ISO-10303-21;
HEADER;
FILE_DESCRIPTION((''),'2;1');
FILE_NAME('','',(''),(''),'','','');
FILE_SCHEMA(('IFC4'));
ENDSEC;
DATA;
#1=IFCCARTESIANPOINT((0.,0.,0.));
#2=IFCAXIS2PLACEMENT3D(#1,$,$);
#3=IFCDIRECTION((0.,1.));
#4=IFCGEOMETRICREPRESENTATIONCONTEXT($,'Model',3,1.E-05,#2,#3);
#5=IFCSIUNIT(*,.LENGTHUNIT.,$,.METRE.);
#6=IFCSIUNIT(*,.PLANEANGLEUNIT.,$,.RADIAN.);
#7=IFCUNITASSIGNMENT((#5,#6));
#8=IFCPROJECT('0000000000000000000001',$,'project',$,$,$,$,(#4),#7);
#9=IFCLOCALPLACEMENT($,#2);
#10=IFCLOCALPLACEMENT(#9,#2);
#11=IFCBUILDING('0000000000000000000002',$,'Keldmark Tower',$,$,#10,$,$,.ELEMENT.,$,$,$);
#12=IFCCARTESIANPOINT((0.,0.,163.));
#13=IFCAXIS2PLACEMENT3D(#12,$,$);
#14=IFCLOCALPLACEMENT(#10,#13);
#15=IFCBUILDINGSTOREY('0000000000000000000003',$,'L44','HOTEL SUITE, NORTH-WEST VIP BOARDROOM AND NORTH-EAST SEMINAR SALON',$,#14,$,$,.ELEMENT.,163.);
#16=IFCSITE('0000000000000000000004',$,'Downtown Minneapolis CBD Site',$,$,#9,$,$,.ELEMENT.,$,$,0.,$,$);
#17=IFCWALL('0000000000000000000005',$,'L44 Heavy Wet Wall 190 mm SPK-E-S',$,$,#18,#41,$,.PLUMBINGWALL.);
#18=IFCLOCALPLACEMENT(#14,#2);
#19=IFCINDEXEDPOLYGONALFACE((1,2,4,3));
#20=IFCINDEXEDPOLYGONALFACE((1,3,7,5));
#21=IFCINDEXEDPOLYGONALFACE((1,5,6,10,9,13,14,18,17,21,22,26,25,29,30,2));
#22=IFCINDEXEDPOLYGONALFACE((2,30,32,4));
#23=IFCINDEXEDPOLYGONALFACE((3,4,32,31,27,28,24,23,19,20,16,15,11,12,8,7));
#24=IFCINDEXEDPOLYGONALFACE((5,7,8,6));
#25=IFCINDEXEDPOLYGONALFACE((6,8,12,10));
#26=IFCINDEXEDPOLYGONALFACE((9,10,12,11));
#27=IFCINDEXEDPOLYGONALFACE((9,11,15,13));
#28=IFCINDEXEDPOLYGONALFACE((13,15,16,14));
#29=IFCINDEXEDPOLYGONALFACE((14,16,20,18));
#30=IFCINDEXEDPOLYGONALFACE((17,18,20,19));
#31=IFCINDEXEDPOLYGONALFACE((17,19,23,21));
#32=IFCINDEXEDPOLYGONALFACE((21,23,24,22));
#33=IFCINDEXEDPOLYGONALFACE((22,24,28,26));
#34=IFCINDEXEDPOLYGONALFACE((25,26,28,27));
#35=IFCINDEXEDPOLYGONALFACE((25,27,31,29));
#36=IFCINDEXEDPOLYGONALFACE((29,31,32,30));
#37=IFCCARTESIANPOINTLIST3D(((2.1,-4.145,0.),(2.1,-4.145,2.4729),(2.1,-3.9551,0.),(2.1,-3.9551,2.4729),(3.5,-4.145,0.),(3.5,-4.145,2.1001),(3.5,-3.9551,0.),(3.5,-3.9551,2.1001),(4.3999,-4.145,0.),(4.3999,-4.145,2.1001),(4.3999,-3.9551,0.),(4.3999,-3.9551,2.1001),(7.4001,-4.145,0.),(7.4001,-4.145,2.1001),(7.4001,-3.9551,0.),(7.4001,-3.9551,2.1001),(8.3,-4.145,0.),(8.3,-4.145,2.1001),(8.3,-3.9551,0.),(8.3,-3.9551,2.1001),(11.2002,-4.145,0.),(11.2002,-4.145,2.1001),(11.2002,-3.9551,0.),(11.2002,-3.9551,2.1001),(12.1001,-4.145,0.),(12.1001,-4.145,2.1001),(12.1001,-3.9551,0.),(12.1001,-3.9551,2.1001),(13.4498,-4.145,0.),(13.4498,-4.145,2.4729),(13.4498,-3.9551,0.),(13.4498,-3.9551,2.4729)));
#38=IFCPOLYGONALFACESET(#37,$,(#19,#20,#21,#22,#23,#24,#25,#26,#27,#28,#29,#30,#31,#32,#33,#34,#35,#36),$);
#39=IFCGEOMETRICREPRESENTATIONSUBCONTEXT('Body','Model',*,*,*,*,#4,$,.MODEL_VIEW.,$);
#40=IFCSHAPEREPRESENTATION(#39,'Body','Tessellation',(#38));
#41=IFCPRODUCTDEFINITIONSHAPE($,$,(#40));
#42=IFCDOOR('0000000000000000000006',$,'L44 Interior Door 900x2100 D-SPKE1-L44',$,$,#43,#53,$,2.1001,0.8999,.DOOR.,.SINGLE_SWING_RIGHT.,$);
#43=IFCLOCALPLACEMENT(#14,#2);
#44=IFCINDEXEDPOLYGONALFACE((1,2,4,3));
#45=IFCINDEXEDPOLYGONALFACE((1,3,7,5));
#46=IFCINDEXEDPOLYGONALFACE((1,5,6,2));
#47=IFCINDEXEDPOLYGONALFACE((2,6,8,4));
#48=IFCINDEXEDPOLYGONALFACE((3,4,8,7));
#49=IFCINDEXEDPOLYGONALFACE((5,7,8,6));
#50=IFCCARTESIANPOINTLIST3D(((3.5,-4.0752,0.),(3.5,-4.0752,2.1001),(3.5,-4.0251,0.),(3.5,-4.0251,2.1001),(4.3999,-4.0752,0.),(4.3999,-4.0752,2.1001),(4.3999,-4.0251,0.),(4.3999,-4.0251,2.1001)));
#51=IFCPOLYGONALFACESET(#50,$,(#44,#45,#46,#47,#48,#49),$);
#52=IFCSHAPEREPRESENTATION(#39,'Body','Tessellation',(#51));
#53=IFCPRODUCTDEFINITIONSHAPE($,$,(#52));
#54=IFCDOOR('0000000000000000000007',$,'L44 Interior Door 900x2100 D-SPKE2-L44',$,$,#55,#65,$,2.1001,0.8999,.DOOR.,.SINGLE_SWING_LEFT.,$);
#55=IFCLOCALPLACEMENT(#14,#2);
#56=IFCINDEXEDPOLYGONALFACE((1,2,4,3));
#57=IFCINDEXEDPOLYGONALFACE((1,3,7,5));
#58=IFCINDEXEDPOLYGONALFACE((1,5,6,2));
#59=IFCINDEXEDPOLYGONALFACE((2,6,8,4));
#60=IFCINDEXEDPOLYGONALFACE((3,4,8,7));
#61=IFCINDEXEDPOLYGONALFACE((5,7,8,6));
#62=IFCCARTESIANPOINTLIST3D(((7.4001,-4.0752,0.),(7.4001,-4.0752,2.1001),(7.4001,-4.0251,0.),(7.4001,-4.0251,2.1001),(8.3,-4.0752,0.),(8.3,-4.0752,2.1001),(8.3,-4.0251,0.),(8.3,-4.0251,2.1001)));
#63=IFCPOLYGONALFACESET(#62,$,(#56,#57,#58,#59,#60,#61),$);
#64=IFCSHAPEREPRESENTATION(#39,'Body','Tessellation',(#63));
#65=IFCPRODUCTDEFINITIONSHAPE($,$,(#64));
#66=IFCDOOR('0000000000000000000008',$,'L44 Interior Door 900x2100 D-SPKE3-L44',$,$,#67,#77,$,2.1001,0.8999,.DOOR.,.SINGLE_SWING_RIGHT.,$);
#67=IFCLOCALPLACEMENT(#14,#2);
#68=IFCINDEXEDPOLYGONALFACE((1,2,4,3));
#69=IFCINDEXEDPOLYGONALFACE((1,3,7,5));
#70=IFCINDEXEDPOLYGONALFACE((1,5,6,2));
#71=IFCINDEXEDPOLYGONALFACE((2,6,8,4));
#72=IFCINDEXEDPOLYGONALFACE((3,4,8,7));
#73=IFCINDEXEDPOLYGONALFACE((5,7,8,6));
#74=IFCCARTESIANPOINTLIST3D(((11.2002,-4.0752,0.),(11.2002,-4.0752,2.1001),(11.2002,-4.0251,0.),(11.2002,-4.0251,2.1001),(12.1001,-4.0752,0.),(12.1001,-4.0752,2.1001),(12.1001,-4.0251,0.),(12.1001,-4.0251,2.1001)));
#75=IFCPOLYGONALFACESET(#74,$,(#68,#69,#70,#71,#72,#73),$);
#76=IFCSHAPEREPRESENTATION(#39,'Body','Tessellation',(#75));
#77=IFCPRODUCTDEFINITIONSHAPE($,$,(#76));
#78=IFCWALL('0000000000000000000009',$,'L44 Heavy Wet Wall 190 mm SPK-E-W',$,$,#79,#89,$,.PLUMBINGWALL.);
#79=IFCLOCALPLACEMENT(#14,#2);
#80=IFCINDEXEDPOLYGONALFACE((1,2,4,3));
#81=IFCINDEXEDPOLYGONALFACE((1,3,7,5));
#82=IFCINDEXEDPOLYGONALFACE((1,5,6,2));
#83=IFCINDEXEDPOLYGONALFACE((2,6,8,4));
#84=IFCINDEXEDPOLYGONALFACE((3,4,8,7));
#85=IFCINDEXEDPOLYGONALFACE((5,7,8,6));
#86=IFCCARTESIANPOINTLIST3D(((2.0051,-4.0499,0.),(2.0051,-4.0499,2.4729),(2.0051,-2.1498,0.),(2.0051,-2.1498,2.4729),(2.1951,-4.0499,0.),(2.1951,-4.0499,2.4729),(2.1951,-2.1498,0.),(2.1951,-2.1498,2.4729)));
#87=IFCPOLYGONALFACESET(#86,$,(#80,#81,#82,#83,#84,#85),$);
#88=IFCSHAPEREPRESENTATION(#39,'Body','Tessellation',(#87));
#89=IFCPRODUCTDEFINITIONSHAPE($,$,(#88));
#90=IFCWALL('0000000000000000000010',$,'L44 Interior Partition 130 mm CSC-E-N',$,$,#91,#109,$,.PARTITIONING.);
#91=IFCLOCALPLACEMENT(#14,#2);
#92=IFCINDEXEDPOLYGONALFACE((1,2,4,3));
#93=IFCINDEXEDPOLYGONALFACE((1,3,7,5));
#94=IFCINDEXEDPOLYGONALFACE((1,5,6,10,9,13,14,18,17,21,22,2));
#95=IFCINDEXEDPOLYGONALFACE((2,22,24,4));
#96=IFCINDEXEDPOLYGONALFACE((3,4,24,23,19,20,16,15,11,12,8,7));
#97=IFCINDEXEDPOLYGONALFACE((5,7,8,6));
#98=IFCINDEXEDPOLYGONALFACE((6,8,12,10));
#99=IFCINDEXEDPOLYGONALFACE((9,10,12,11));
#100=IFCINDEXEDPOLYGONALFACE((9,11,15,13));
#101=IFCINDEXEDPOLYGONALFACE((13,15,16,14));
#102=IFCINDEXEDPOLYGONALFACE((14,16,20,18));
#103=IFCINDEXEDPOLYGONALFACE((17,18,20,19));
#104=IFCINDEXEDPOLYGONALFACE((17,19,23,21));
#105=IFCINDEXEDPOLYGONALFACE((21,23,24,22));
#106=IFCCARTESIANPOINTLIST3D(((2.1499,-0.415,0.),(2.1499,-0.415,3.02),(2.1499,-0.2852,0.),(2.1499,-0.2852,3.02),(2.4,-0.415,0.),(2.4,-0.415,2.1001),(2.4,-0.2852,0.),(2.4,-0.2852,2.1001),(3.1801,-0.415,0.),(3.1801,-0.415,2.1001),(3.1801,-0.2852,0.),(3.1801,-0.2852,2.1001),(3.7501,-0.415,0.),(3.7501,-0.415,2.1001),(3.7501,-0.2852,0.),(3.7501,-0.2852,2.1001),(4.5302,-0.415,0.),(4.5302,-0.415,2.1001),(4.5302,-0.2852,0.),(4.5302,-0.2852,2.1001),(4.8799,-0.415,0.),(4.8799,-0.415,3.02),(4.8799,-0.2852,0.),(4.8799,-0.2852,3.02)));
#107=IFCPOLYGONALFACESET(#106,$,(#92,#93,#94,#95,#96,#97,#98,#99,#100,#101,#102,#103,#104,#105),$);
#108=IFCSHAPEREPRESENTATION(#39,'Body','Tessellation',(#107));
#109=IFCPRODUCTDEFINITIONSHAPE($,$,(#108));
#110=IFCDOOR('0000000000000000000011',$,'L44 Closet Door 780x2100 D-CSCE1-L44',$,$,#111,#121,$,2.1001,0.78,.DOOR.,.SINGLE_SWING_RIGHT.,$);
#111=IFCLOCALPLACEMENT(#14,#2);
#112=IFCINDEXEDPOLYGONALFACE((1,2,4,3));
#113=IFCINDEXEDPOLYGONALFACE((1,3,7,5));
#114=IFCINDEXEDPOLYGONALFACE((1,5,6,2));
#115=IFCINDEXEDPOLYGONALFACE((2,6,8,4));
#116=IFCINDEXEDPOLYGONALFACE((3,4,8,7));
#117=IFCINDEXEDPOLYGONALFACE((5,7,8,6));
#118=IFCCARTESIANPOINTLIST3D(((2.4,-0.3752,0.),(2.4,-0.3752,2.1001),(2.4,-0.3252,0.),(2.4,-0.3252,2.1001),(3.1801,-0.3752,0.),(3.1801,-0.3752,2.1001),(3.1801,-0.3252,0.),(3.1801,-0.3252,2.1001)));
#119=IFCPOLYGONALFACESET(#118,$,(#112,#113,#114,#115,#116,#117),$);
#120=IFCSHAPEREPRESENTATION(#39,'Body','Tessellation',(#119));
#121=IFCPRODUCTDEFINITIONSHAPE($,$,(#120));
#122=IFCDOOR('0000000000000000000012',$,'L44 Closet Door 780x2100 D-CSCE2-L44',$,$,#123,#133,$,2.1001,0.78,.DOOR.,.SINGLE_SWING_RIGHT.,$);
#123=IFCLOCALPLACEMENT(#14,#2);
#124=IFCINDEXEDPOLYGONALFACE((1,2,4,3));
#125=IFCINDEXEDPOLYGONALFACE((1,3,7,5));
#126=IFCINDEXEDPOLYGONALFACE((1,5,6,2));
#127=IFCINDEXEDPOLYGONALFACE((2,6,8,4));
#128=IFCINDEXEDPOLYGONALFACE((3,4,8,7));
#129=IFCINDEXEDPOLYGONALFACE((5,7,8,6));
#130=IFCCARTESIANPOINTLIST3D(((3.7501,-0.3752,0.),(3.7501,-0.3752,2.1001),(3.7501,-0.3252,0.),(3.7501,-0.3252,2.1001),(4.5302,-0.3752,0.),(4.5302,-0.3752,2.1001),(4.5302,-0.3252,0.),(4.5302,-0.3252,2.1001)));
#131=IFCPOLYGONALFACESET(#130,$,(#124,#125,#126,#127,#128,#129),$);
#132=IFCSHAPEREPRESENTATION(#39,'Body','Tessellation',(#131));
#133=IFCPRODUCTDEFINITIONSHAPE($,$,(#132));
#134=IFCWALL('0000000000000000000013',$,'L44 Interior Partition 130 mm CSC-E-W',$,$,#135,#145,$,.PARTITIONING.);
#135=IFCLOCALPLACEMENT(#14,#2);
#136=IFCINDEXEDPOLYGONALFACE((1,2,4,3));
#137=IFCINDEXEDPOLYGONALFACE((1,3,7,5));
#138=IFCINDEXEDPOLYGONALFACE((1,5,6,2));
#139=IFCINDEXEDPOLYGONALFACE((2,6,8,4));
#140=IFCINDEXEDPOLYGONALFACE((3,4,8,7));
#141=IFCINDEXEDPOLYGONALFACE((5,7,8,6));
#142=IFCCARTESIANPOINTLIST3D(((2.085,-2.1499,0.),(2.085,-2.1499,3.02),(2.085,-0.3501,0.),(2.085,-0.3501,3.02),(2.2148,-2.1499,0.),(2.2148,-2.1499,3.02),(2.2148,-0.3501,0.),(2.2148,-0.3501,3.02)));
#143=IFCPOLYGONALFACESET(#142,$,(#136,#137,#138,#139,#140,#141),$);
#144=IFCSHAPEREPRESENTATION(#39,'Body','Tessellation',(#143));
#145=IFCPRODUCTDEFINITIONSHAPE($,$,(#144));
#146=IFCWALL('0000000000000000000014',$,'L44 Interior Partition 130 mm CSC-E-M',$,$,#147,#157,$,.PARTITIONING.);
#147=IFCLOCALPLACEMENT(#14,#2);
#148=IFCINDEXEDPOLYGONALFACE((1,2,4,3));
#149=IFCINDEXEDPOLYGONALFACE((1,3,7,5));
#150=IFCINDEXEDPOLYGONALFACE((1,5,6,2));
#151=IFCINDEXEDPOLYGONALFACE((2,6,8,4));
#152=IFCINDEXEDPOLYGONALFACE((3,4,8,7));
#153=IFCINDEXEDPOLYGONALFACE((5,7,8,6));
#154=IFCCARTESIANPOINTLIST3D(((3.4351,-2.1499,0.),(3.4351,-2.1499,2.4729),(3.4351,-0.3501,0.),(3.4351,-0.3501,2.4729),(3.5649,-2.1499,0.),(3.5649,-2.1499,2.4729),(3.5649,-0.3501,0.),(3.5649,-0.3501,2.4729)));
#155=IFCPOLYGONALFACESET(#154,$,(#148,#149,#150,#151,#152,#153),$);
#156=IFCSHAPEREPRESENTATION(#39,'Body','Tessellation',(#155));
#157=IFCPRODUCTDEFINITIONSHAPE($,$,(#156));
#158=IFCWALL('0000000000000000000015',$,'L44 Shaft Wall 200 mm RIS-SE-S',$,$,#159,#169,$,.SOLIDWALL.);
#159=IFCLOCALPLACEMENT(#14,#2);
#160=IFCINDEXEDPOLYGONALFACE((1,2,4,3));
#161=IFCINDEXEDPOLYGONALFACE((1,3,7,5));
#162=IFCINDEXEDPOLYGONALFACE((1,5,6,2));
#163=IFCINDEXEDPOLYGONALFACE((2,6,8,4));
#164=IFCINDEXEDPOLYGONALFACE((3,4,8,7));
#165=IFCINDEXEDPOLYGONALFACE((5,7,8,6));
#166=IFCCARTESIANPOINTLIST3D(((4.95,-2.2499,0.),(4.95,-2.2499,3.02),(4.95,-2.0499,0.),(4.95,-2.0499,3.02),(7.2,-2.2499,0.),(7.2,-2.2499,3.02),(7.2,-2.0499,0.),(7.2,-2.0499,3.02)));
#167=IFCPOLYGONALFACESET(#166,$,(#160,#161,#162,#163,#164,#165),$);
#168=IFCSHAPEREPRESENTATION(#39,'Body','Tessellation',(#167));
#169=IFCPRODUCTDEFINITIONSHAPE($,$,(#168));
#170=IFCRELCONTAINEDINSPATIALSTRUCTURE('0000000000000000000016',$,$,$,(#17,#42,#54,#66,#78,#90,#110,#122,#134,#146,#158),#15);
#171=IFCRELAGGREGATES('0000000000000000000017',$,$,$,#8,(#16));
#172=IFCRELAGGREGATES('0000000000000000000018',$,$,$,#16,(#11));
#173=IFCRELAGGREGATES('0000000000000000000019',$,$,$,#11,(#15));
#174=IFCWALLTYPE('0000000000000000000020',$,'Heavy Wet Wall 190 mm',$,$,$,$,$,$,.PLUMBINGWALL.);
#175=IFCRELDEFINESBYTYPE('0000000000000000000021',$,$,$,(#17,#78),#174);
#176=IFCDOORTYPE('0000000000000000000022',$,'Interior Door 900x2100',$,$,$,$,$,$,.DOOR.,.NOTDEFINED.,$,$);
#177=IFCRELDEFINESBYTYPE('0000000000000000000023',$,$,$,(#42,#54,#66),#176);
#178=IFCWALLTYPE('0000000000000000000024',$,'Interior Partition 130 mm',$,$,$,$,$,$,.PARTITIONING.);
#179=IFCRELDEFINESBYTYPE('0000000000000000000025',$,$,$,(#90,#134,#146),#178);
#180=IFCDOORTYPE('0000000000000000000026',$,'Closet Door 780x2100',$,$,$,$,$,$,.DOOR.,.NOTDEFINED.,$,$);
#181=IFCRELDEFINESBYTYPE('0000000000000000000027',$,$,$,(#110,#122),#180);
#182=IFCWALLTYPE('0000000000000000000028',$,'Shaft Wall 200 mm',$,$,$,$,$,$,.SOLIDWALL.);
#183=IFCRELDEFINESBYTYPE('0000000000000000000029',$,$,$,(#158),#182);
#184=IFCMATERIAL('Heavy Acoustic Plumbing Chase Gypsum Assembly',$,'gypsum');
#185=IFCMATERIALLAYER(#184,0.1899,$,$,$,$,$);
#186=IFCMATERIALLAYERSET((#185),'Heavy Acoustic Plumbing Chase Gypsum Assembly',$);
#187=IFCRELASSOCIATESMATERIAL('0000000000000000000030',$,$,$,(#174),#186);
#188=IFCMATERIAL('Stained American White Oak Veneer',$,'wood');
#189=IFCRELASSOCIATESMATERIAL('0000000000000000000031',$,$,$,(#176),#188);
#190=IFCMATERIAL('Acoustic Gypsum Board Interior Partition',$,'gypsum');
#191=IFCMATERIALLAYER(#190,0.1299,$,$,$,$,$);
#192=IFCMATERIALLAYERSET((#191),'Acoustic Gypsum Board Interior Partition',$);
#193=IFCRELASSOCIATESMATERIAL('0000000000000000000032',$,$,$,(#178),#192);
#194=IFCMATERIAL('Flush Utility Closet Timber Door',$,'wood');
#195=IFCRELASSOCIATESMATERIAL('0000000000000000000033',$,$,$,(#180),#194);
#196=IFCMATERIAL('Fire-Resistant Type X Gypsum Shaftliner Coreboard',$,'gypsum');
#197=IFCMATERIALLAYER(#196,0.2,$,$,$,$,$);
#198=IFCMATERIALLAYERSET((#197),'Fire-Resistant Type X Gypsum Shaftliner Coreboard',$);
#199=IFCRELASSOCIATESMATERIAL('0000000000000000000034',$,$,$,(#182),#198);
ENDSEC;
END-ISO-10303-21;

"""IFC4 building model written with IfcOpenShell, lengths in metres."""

from ifc_helpers import new_model, si_unit, direction, frame, frame_2d, origin, place, context, subcontext, project, spatial, rectangle, extrude, material, layer, layer_set, type_object, element, fill, save


model = new_model("IFC4")

# Units and contexts
model_context = context("Model", 3, precision=1e-05, world=origin(), true_north=direction((0.0, 1.0)))
body_context = subcontext(model_context, "Body", "Model", "MODEL_VIEW")
ifc_project = project(units=[si_unit("LENGTHUNIT", "METRE"), si_unit("PLANEANGLEUNIT", "RADIAN")], contexts=[model_context])

# Site, building, storey
site_placement = place(None, origin())
site = spatial("IfcSite", under=ifc_project, at=site_placement, Name="Downtown Minneapolis CBD Site", CompositionType="ELEMENT", RefElevation=0.0)
building_placement = place(site_placement, origin())
building = spatial("IfcBuilding", under=site, at=building_placement, Name="Keldmark Tower", CompositionType="ELEMENT")
storey_placement = place(building_placement, frame((0.0, 0.0, 163.0)))
storey = spatial("IfcBuildingStorey", under=building, at=storey_placement, Name="L44", Description="HOTEL SUITE, NORTH-WEST VIP BOARDROOM AND NORTH-EAST SEMINAR SALON", CompositionType="ELEMENT", Elevation=163.0)

# Wall, openings, doors
ifc_material_1 = material(Name="Heavy Acoustic Plumbing Chase Gypsum Assembly", Category="gypsum")
ifc_layer_1 = layer(ifc_material_1, 0.1899)
ifc_layer_set_1 = layer_set([ifc_layer_1], Name="Heavy Acoustic Plumbing Chase Gypsum Assembly")
wall_type_1 = type_object("IfcWallType", Name="Heavy Wet Wall 190 mm", PredefinedType="PLUMBINGWALL", material=ifc_layer_set_1)
wall_1_placement = place(storey_placement, frame((2.1001, -4.05, 0.0), z_axis=(0.0, 0.0, 1.0), x_axis=(1.0, 0.0, 0.0)))
wall_1 = element("IfcWall", 1, at=wall_1_placement, inside=storey, type_object=wall_type_1, Name="L44 Heavy Wet Wall 190 mm SPK-E-S", PredefinedType="PLUMBINGWALL", context=body_context, shape_type="SweptSolid", body=[
    extrude(rectangle(XDim=11.3499, YDim=0.1899, at=frame_2d((5.6748, 0.0))), origin(), (0.0, 0.0, 1.0), 2.4729),
])
opening_1_placement = place(wall_1_placement, frame((1.3999, 0.0, 0.0)))
opening_1 = element("IfcOpeningElement", 2, at=opening_1_placement, cuts=wall_1, PredefinedType="OPENING", context=body_context, shape_type="SweptSolid", body=[
    extrude(rectangle(XDim=0.8999, YDim=2.1001, at=frame_2d((0.45, 1.05))), frame((0.0, 0.105, 0.0), z_axis=(0.0, -1.0, 0.0), x_axis=(1.0, 0.0, 0.0)), (0.0, 0.0, 1.0), 0.21),
])
opening_2_placement = place(wall_1_placement, frame((5.3, 0.0, 0.0)))
opening_2 = element("IfcOpeningElement", 3, at=opening_2_placement, cuts=wall_1, PredefinedType="OPENING", context=body_context, shape_type="SweptSolid", body=[
    extrude(rectangle(XDim=0.8999, YDim=2.1001, at=frame_2d((0.45, 1.05))), frame((0.0, 0.105, 0.0), z_axis=(0.0, -1.0, 0.0), x_axis=(1.0, 0.0, 0.0)), (0.0, 0.0, 1.0), 0.21),
])
opening_3_placement = place(wall_1_placement, frame((9.1001, 0.0, 0.0)))
opening_3 = element("IfcOpeningElement", 4, at=opening_3_placement, cuts=wall_1, PredefinedType="OPENING", context=body_context, shape_type="SweptSolid", body=[
    extrude(rectangle(XDim=0.8999, YDim=2.1001, at=frame_2d((0.45, 1.05))), frame((0.0, 0.105, 0.0), z_axis=(0.0, -1.0, 0.0), x_axis=(1.0, 0.0, 0.0)), (0.0, 0.0, 1.0), 0.21),
])
ifc_material_2 = material(Name="Stained American White Oak Veneer", Category="wood")
door_type_1 = type_object("IfcDoorType", Name="Interior Door 900x2100", OperationType="NOTDEFINED", PredefinedType="DOOR", material=ifc_material_2)
door_1_placement = place(opening_1_placement, origin())
door_1 = element("IfcDoor", 5, at=door_1_placement, inside=storey, type_object=door_type_1, Name="L44 Interior Door 900x2100 D-SPKE1-L44", OperationType="SINGLE_SWING_RIGHT", OverallHeight=2.1001, OverallWidth=0.8999, PredefinedType="DOOR", context=body_context, shape_type="SweptSolid", body=[
    extrude(rectangle(XDim=0.8999, YDim=2.1001, at=frame_2d((0.45, 1.05))), frame((0.0, 0.0249, 0.0), z_axis=(0.0, -1.0, 0.0), x_axis=(1.0, 0.0, 0.0)), (0.0, 0.0, 1.0), 0.05),
])
fill(opening_1, door_1)
door_2_placement = place(opening_2_placement, origin())
door_2 = element("IfcDoor", 6, at=door_2_placement, inside=storey, type_object=door_type_1, Name="L44 Interior Door 900x2100 D-SPKE2-L44", OperationType="SINGLE_SWING_LEFT", OverallHeight=2.1001, OverallWidth=0.8999, PredefinedType="DOOR", context=body_context, shape_type="SweptSolid", body=[
    extrude(rectangle(XDim=0.8999, YDim=2.1001, at=frame_2d((0.45, 1.05))), frame((0.0, 0.0249, 0.0), z_axis=(0.0, -1.0, 0.0), x_axis=(1.0, 0.0, 0.0)), (0.0, 0.0, 1.0), 0.05),
])
fill(opening_2, door_2)
door_3_placement = place(opening_3_placement, origin())
door_3 = element("IfcDoor", 7, at=door_3_placement, inside=storey, type_object=door_type_1, Name="L44 Interior Door 900x2100 D-SPKE3-L44", OperationType="SINGLE_SWING_RIGHT", OverallHeight=2.1001, OverallWidth=0.8999, PredefinedType="DOOR", context=body_context, shape_type="SweptSolid", body=[
    extrude(rectangle(XDim=0.8999, YDim=2.1001, at=frame_2d((0.45, 1.05))), frame((0.0, 0.0249, 0.0), z_axis=(0.0, -1.0, 0.0), x_axis=(1.0, 0.0, 0.0)), (0.0, 0.0, 1.0), 0.05),
])
fill(opening_3, door_3)

# Wall
wall_2_placement = place(storey_placement, frame((2.1001, -4.05, 0.0), z_axis=(0.0, 0.0, 1.0), x_axis=(0.0, 1.0, 0.0)))
element("IfcWall", 8, at=wall_2_placement, inside=storey, type_object=wall_type_1, Name="L44 Heavy Wet Wall 190 mm SPK-E-W", PredefinedType="PLUMBINGWALL", context=body_context, shape_type="SweptSolid", body=[
    extrude(rectangle(XDim=1.9001, YDim=0.1899, at=frame_2d((0.9502, 0.0))), origin(), (0.0, 0.0, 1.0), 2.4729),
])

# Wall, openings, doors
ifc_material_3 = material(Name="Acoustic Gypsum Board Interior Partition", Category="gypsum")
ifc_layer_2 = layer(ifc_material_3, 0.1299)
ifc_layer_set_2 = layer_set([ifc_layer_2], Name="Acoustic Gypsum Board Interior Partition")
wall_type_2 = type_object("IfcWallType", Name="Interior Partition 130 mm", PredefinedType="PARTITIONING", material=ifc_layer_set_2)
wall_3_placement = place(storey_placement, frame((2.1499, -0.3501, 0.0), z_axis=(0.0, 0.0, 1.0), x_axis=(1.0, 0.0, 0.0)))
wall_3 = element("IfcWall", 9, at=wall_3_placement, inside=storey, type_object=wall_type_2, Name="L44 Interior Partition 130 mm CSC-E-N", PredefinedType="PARTITIONING", context=body_context, shape_type="SweptSolid", body=[
    extrude(rectangle(XDim=2.73, YDim=0.1299, at=frame_2d((1.365, 0.0))), origin(), (0.0, 0.0, 1.0), 3.02),
])
opening_4_placement = place(wall_3_placement, frame((0.25, 0.0, 0.0)))
opening_4 = element("IfcOpeningElement", 10, at=opening_4_placement, cuts=wall_3, PredefinedType="OPENING", context=body_context, shape_type="SweptSolid", body=[
    extrude(rectangle(XDim=0.78, YDim=2.1001, at=frame_2d((0.3901, 1.05))), frame((0.0, 0.075, 0.0), z_axis=(0.0, -1.0, 0.0), x_axis=(1.0, 0.0, 0.0)), (0.0, 0.0, 1.0), 0.1499),
])
opening_5_placement = place(wall_3_placement, frame((1.6001, 0.0, 0.0)))
opening_5 = element("IfcOpeningElement", 11, at=opening_5_placement, cuts=wall_3, PredefinedType="OPENING", context=body_context, shape_type="SweptSolid", body=[
    extrude(rectangle(XDim=0.78, YDim=2.1001, at=frame_2d((0.3901, 1.05))), frame((0.0, 0.075, 0.0), z_axis=(0.0, -1.0, 0.0), x_axis=(1.0, 0.0, 0.0)), (0.0, 0.0, 1.0), 0.1499),
])
ifc_material_4 = material(Name="Flush Utility Closet Timber Door", Category="wood")
door_type_2 = type_object("IfcDoorType", Name="Closet Door 780x2100", OperationType="NOTDEFINED", PredefinedType="DOOR", material=ifc_material_4)
door_4_placement = place(opening_4_placement, origin())
door_4 = element("IfcDoor", 12, at=door_4_placement, inside=storey, type_object=door_type_2, Name="L44 Closet Door 780x2100 D-CSCE1-L44", OperationType="SINGLE_SWING_RIGHT", OverallHeight=2.1001, OverallWidth=0.78, PredefinedType="DOOR", context=body_context, shape_type="SweptSolid", body=[
    extrude(rectangle(XDim=0.78, YDim=2.1001, at=frame_2d((0.3901, 1.05))), frame((0.0, 0.0249, 0.0), z_axis=(0.0, -1.0, 0.0), x_axis=(1.0, 0.0, 0.0)), (0.0, 0.0, 1.0), 0.05),
])
fill(opening_4, door_4)
door_5_placement = place(opening_5_placement, origin())
door_5 = element("IfcDoor", 13, at=door_5_placement, inside=storey, type_object=door_type_2, Name="L44 Closet Door 780x2100 D-CSCE2-L44", OperationType="SINGLE_SWING_RIGHT", OverallHeight=2.1001, OverallWidth=0.78, PredefinedType="DOOR", context=body_context, shape_type="SweptSolid", body=[
    extrude(rectangle(XDim=0.78, YDim=2.1001, at=frame_2d((0.3901, 1.05))), frame((0.0, 0.0249, 0.0), z_axis=(0.0, -1.0, 0.0), x_axis=(1.0, 0.0, 0.0)), (0.0, 0.0, 1.0), 0.05),
])
fill(opening_5, door_5)

# Walls
wall_4_placement = place(storey_placement, frame((2.1499, -2.1499, 0.0), z_axis=(0.0, 0.0, 1.0), x_axis=(0.0, 1.0, 0.0)))
element("IfcWall", 14, at=wall_4_placement, inside=storey, type_object=wall_type_2, Name="L44 Interior Partition 130 mm CSC-E-W", PredefinedType="PARTITIONING", context=body_context, shape_type="SweptSolid", body=[
    extrude(rectangle(XDim=1.7998, YDim=0.1299, at=frame_2d((0.8999, 0.0))), origin(), (0.0, 0.0, 1.0), 3.02),
])
wall_5_placement = place(storey_placement, frame((3.5, -2.1499, 0.0), z_axis=(0.0, 0.0, 1.0), x_axis=(0.0, 1.0, 0.0)))
element("IfcWall", 15, at=wall_5_placement, inside=storey, type_object=wall_type_2, Name="L44 Interior Partition 130 mm CSC-E-M", PredefinedType="PARTITIONING", context=body_context, shape_type="SweptSolid", body=[
    extrude(rectangle(XDim=1.7998, YDim=0.1299, at=frame_2d((0.8999, 0.0))), origin(), (0.0, 0.0, 1.0), 2.4729),
])
ifc_material_5 = material(Name="Fire-Resistant Type X Gypsum Shaftliner Coreboard", Category="gypsum")
ifc_layer_3 = layer(ifc_material_5, 0.2)
ifc_layer_set_3 = layer_set([ifc_layer_3], Name="Fire-Resistant Type X Gypsum Shaftliner Coreboard")
wall_type_3 = type_object("IfcWallType", Name="Shaft Wall 200 mm", PredefinedType="SOLIDWALL", material=ifc_layer_set_3)
wall_6_placement = place(storey_placement, frame((4.95, -2.1499, 0.0), z_axis=(0.0, 0.0, 1.0), x_axis=(1.0, 0.0, 0.0)))
element("IfcWall", 16, at=wall_6_placement, inside=storey, type_object=wall_type_3, Name="L44 Shaft Wall 200 mm RIS-SE-S", PredefinedType="SOLIDWALL", context=body_context, shape_type="SweptSolid", body=[
    extrude(rectangle(XDim=2.25, YDim=0.2, at=frame_2d((1.125, 0.0))), origin(), (0.0, 0.0, 1.0), 3.02),
])

save(model, "model.ifc")
